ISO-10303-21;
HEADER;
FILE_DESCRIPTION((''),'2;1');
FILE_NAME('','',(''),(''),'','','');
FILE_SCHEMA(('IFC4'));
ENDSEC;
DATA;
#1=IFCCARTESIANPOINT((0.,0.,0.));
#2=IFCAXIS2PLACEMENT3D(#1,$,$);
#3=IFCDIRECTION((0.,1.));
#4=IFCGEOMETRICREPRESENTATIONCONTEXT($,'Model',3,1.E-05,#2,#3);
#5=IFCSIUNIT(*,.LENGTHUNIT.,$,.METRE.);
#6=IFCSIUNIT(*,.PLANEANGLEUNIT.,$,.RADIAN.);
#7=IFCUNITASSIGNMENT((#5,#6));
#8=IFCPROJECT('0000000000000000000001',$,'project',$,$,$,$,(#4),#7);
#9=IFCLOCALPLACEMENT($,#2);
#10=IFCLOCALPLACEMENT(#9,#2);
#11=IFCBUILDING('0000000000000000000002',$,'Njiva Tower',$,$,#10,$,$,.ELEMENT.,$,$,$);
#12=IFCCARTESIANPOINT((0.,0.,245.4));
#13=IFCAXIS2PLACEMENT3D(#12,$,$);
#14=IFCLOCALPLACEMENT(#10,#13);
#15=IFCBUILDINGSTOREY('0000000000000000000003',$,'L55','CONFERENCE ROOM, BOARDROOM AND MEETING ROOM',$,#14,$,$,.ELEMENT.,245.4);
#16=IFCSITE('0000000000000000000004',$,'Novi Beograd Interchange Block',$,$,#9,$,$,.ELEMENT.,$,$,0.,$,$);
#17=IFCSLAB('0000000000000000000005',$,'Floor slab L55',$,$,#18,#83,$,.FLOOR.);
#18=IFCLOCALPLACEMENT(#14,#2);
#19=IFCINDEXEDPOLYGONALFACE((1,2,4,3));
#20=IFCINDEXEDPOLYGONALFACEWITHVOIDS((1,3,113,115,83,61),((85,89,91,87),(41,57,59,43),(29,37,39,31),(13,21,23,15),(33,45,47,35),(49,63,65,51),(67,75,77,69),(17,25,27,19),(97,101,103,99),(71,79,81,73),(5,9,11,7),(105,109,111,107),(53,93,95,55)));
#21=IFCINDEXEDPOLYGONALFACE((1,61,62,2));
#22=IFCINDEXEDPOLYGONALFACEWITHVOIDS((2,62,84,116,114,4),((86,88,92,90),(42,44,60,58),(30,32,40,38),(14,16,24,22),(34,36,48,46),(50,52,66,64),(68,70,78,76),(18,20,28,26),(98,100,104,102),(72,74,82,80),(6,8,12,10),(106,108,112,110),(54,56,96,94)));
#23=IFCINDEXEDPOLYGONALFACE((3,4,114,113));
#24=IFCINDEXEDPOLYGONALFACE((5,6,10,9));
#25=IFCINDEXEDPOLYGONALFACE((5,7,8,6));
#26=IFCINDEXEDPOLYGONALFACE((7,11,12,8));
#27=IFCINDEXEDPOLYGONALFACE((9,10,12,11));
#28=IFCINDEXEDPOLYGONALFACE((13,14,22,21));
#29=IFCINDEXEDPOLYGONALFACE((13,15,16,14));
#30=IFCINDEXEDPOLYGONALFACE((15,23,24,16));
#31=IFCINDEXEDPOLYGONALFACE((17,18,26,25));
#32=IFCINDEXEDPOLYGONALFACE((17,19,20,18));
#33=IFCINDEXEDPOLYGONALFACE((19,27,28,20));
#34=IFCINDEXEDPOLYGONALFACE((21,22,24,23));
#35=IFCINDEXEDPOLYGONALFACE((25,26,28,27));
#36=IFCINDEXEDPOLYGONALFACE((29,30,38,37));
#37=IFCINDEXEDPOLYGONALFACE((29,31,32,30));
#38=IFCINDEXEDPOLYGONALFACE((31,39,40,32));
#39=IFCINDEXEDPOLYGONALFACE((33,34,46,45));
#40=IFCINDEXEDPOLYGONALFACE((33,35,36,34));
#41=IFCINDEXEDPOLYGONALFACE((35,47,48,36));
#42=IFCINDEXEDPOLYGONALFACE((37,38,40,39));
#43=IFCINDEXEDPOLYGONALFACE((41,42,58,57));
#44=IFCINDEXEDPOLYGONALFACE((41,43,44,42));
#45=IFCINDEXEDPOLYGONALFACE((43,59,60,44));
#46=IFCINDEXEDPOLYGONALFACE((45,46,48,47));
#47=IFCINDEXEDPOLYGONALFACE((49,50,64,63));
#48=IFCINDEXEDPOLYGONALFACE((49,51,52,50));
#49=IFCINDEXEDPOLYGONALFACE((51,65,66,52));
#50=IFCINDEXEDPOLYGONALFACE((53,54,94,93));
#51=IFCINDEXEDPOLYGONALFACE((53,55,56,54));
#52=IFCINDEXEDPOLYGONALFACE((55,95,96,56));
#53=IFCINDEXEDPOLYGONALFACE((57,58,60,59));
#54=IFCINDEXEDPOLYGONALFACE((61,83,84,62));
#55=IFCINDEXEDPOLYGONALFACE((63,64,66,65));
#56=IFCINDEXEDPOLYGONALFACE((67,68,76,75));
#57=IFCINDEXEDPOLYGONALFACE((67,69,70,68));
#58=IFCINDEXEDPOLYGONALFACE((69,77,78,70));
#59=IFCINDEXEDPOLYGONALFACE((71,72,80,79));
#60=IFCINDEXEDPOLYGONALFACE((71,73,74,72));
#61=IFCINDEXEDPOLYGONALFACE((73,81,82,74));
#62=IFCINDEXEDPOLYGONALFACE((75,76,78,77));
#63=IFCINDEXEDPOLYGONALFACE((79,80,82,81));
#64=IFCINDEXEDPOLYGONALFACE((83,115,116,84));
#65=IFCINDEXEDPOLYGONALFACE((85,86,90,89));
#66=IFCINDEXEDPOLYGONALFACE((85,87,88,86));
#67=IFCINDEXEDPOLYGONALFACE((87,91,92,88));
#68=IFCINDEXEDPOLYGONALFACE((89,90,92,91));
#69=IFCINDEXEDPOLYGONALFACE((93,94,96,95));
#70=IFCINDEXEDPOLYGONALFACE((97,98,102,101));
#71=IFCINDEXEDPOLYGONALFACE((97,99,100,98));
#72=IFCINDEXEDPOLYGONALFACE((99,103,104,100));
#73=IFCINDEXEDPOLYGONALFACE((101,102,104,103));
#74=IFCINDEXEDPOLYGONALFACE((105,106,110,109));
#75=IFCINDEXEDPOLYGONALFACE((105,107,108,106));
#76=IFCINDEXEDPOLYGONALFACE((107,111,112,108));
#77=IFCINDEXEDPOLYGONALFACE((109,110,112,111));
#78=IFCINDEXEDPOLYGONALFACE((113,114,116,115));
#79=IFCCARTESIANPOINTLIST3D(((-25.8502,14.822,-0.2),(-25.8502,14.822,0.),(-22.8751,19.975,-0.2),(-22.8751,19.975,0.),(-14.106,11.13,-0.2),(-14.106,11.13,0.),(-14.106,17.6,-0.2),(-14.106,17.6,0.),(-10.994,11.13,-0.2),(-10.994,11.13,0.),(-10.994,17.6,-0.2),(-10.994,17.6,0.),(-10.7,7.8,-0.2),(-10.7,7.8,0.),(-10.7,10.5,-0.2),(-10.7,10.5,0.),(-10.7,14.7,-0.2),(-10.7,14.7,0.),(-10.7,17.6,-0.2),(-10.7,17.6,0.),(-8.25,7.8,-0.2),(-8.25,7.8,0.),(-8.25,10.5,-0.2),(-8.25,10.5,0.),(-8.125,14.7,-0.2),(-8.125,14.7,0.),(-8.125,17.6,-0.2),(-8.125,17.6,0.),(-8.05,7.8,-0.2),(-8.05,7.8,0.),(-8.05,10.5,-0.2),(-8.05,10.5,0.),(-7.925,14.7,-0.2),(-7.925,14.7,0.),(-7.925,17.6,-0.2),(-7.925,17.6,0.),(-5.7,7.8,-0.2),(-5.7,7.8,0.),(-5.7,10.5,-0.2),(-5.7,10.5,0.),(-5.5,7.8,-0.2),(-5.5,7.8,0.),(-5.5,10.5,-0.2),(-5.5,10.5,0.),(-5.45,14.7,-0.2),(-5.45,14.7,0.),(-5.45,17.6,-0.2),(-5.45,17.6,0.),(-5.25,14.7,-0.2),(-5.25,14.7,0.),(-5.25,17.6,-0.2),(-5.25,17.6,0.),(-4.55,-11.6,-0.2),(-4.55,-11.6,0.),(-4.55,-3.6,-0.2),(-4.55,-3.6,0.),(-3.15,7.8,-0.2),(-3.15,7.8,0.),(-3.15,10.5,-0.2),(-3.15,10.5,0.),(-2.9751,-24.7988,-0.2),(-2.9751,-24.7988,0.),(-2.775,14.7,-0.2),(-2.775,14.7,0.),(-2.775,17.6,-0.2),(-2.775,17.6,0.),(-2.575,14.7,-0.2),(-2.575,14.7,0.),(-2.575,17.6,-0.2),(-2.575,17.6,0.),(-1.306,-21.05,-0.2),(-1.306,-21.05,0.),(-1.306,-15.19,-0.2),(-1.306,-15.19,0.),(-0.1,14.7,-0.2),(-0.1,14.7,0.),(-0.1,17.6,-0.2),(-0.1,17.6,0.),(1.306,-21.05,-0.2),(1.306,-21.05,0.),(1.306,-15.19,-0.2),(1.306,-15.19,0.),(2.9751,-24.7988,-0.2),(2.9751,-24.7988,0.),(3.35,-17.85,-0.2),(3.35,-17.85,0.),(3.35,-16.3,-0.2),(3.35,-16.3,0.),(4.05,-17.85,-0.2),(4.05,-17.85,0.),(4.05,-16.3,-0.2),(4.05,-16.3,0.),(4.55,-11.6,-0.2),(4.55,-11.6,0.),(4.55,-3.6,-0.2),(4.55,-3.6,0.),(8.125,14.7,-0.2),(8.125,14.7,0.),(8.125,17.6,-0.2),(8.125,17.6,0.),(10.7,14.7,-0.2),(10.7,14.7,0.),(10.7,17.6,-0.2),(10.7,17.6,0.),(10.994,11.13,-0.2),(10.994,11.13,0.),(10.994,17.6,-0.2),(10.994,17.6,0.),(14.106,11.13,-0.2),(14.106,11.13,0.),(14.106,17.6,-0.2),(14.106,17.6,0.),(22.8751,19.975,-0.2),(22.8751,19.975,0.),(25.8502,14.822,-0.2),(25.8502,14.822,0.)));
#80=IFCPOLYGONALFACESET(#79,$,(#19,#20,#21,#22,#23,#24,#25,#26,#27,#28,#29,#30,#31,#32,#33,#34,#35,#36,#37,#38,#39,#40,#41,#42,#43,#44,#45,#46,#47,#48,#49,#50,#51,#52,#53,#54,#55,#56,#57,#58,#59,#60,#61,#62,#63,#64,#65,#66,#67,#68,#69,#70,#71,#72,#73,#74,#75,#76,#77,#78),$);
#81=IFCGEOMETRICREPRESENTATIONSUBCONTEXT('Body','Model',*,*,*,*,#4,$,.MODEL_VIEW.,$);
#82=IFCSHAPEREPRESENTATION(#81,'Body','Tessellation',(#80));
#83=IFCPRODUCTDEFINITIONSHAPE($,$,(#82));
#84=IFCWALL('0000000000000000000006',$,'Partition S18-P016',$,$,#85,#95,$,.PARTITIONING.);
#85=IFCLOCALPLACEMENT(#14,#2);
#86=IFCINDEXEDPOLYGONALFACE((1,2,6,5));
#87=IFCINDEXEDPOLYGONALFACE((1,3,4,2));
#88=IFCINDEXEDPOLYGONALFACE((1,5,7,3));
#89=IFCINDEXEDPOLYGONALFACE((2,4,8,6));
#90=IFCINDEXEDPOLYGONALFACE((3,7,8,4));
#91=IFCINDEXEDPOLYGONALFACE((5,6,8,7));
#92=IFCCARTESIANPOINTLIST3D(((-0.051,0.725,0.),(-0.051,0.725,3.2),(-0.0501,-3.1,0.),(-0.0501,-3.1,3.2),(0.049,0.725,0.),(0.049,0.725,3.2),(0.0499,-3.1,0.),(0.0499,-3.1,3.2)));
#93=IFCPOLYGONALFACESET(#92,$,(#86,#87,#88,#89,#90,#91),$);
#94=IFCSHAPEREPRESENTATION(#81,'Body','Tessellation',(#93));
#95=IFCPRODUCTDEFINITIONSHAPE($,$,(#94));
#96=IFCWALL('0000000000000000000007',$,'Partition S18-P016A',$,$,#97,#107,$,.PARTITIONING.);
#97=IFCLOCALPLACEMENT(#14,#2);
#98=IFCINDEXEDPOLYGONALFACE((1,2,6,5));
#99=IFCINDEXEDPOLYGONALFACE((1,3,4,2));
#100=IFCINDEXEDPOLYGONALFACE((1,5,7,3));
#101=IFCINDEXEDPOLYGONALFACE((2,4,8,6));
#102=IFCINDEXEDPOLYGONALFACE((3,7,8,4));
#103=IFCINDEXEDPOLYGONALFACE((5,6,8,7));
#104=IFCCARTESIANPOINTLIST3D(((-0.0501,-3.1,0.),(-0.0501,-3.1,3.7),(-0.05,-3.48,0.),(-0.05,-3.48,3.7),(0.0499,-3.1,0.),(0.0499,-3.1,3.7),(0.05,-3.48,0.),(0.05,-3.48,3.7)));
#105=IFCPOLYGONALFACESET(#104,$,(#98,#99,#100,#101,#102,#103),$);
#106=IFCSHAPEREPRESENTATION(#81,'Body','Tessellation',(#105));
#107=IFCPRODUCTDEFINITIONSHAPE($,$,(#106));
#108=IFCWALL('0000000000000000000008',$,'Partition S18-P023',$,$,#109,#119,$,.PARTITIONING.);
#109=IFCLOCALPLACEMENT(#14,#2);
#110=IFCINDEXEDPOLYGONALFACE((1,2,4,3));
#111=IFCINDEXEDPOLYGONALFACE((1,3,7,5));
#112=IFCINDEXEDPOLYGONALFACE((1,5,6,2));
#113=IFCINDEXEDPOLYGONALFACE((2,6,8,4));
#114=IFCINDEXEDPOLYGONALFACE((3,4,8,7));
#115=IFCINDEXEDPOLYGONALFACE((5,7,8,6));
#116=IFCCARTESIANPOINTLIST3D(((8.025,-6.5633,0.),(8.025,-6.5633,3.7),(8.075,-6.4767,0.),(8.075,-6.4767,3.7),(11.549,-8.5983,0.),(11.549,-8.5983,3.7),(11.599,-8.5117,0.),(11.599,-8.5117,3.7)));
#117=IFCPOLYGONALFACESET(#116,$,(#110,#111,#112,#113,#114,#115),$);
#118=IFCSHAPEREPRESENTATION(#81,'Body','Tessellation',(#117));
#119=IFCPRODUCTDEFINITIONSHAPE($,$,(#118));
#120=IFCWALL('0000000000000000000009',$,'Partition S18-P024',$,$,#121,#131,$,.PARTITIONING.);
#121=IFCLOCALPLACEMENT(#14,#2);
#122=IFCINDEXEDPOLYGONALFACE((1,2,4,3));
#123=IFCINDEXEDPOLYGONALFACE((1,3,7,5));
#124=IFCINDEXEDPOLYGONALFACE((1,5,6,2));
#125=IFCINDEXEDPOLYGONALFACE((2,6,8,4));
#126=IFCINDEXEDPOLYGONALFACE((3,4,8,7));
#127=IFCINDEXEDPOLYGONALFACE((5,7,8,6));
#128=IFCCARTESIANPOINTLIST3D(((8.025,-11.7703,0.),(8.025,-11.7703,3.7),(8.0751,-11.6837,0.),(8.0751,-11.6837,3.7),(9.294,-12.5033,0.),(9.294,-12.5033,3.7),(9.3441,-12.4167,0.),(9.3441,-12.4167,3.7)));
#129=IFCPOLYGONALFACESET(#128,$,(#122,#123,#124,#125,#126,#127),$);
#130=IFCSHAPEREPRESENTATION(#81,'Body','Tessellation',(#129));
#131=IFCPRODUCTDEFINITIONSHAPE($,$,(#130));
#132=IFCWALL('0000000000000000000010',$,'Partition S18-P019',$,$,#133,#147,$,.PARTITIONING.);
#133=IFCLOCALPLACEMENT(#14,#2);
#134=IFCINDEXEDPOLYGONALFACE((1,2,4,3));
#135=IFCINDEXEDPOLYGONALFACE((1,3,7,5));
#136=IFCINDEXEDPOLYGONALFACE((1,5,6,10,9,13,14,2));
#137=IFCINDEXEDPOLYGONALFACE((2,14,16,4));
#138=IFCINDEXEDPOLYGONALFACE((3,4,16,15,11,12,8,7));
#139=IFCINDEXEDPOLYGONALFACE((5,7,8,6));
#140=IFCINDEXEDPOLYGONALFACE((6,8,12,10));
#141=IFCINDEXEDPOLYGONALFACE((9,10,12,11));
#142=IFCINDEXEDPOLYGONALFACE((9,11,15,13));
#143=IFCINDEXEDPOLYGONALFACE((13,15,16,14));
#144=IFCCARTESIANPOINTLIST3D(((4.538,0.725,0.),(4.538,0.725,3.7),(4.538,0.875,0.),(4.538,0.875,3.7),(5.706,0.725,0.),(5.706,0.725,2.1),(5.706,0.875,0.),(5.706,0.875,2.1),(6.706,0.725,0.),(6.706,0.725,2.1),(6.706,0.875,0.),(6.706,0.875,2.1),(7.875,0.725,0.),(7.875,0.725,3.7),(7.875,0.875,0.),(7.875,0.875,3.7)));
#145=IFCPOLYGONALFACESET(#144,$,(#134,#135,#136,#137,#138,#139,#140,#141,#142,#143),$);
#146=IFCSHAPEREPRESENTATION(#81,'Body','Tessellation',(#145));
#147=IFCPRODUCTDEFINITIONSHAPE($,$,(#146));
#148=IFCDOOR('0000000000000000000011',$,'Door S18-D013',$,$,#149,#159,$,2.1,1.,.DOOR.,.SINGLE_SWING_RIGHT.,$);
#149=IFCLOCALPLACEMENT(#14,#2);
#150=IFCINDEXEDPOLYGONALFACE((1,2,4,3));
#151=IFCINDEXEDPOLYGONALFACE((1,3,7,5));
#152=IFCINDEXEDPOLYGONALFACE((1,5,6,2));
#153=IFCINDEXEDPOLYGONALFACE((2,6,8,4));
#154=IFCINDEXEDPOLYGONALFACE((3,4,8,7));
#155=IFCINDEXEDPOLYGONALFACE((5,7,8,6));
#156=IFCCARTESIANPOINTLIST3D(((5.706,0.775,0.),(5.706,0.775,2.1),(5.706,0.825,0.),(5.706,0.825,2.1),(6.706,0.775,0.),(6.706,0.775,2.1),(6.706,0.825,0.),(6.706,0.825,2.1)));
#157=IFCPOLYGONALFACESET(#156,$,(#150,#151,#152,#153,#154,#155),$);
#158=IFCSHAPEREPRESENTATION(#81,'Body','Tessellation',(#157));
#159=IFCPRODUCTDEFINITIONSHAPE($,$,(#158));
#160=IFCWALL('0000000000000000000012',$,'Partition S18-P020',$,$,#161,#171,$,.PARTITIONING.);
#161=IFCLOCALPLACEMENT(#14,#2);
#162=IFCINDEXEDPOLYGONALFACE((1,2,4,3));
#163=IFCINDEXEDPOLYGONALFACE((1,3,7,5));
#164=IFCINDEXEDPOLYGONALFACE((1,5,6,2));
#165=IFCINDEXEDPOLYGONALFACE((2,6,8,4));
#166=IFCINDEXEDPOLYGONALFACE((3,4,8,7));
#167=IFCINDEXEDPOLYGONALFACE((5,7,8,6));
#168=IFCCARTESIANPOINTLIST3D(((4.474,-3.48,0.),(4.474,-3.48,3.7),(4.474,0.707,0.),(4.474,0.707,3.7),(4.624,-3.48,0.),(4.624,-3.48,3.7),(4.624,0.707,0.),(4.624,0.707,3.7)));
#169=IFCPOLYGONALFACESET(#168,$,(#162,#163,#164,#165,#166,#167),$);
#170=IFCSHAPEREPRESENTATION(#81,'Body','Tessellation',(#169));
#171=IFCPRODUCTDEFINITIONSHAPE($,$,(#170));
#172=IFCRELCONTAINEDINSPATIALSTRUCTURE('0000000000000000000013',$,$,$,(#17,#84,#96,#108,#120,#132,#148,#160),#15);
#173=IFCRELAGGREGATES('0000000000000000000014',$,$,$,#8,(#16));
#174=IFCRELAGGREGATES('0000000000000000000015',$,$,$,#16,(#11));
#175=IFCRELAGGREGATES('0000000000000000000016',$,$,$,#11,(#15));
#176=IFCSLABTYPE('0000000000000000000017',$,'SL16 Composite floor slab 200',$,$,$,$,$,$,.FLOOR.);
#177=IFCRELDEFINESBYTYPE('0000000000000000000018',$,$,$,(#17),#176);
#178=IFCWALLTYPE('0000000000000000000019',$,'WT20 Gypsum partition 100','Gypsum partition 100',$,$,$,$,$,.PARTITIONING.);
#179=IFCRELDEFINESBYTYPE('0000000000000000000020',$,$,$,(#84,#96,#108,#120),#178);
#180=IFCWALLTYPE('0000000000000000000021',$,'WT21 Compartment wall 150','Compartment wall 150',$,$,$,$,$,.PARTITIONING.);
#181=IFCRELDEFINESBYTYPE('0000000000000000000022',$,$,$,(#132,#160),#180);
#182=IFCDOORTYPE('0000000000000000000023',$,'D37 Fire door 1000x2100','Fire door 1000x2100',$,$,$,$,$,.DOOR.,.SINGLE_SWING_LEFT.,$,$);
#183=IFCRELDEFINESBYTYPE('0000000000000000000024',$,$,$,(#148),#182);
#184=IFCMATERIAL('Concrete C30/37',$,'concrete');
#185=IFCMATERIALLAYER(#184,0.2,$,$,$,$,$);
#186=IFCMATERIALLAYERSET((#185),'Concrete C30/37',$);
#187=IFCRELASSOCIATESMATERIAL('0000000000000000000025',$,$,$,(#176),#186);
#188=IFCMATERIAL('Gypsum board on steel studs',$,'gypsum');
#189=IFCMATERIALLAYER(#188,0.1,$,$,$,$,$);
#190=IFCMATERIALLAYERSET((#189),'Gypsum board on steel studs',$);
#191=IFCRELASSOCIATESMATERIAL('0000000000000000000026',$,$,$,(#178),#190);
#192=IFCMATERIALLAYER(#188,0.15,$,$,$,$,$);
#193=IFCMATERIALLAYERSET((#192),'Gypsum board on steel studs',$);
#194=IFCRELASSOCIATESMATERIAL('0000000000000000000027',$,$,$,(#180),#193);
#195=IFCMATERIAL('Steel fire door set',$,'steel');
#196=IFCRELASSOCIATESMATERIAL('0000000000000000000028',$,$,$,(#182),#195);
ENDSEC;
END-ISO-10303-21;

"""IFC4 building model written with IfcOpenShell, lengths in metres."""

from ifc_helpers import new_model, si_unit, direction, frame, frame_2d, origin, place, context, subcontext, project, spatial, polyline, rectangle, outline, extrude, material, layer, layer_set, type_object, element, fill, save


model = new_model("IFC4")

# Units and contexts
model_context = context("Model", 3, precision=1e-05, world=origin(), true_north=direction((0.0, 1.0)))
body_context = subcontext(model_context, "Body", "Model", "MODEL_VIEW")
ifc_project = project(units=[si_unit("LENGTHUNIT", "METRE"), si_unit("PLANEANGLEUNIT", "RADIAN")], contexts=[model_context])

# Site, building, storey
site_placement = place(None, origin())
site = spatial("IfcSite", under=ifc_project, at=site_placement, Name="Novi Beograd Interchange Block", CompositionType="ELEMENT", RefElevation=0.0)
building_placement = place(site_placement, origin())
building = spatial("IfcBuilding", under=site, at=building_placement, Name="Njiva Tower", CompositionType="ELEMENT")
storey_placement = place(building_placement, frame((0.0, 0.0, 245.4)))
storey = spatial("IfcBuildingStorey", under=building, at=storey_placement, Name="L55", Description="CONFERENCE ROOM, BOARDROOM AND MEETING ROOM", CompositionType="ELEMENT", Elevation=245.4)

# Slab
ifc_material_1 = material(Name="Concrete C30/37", Category="concrete")
ifc_layer_1 = layer(ifc_material_1, 0.2)
ifc_layer_set_1 = layer_set([ifc_layer_1], Name="Concrete C30/37")
slab_type_1 = type_object("IfcSlabType", Name="SL16 Composite floor slab 200", PredefinedType="FLOOR", material=ifc_layer_set_1)
slab_1_placement = place(storey_placement, frame((0.0, 0.0, -0.2)))
element("IfcSlab", 1, at=slab_1_placement, inside=storey, type_object=slab_type_1, Name="Floor slab L55", PredefinedType="FLOOR", context=body_context, shape_type="SweptSolid", body=[
    extrude(outline(polyline([(25.8502, 14.822), (2.9751, -24.7988), (-2.9751, -24.7988), (-25.8502, 14.822), (-22.8751, 19.975), (22.8751, 19.975), (25.8502, 14.822)]), holes=[polyline([(10.994, 11.13), (14.106, 11.13), (14.106, 17.6), (10.994, 17.6), (10.994, 11.13)]), polyline([(8.125, 14.7), (10.7, 14.7), (10.7, 17.6), (8.125, 17.6), (8.125, 14.7)]), polyline([(4.55, -11.6), (4.55, -3.6), (-4.55, -3.6), (-4.55, -11.6), (4.55, -11.6)]), polyline([(3.35, -17.85), (4.05, -17.85), (4.05, -16.3), (3.35, -16.3), (3.35, -17.85)]), polyline([(-1.306, -21.05), (1.306, -21.05), (1.306, -15.19), (-1.306, -15.19), (-1.306, -21.05)]), polyline([(-2.575, 14.7), (-0.1, 14.7), (-0.1, 17.6), (-2.575, 17.6), (-2.575, 14.7)]), polyline([(-2.775, 14.7), (-2.775, 17.6), (-5.25, 17.6), (-5.25, 14.7), (-2.775, 14.7)]), polyline([(-5.5, 7.8), (-3.15, 7.8), (-3.15, 10.5), (-5.5, 10.5), (-5.5, 7.8)]), polyline([(-7.925, 14.7), (-5.45, 14.7), (-5.45, 17.6), (-7.925, 17.6), (-7.925, 14.7)]), polyline([(-8.05, 7.8), (-5.7, 7.8), (-5.7, 10.5), (-8.05, 10.5), (-8.05, 7.8)]), polyline([(-10.7, 14.7), (-8.125, 14.7), (-8.125, 17.6), (-10.7, 17.6), (-10.7, 14.7)]), polyline([(-8.25, 7.8), (-8.25, 10.5), (-10.7, 10.5), (-10.7, 7.8), (-8.25, 7.8)]), polyline([(-10.994, 11.13), (-10.994, 17.6), (-14.106, 17.6), (-14.106, 11.13), (-10.994, 11.13)])]), origin(), (0.0, 0.0, 1.0), 0.2),
])

# Walls
ifc_material_2 = material(Name="Gypsum board on steel studs", Category="gypsum")
ifc_layer_2 = layer(ifc_material_2, 0.1)
ifc_layer_set_2 = layer_set([ifc_layer_2], Name="Gypsum board on steel studs")
wall_type_1 = type_object("IfcWallType", Name="WT20 Gypsum partition 100", Description="Gypsum partition 100", PredefinedType="PARTITIONING", material=ifc_layer_set_2)
wall_1_placement = place(storey_placement, frame((-0.001, 0.725, 0.0), z_axis=(0.0, 0.0, 1.0), x_axis=(0.000235, -1.0, 0.0)))
element("IfcWall", 2, at=wall_1_placement, inside=storey, type_object=wall_type_1, Name="Partition S18-P016", PredefinedType="PARTITIONING", context=body_context, shape_type="SweptSolid", body=[
    extrude(rectangle(XDim=3.825, YDim=0.1, at=frame_2d((1.9125, 0.0))), origin(), (0.0, 0.0, 1.0), 3.2),
])
wall_2_placement = place(storey_placement, frame((-0.0001, -3.1, 0.0), z_axis=(0.0, 0.0, 1.0), x_axis=(0.000263, -1.0, 0.0)))
element("IfcWall", 3, at=wall_2_placement, inside=storey, type_object=wall_type_1, Name="Partition S18-P016A", PredefinedType="PARTITIONING", context=body_context, shape_type="SweptSolid", body=[
    extrude(rectangle(XDim=0.38, YDim=0.1, at=frame_2d((0.19, 0.0))), origin(), (0.0, 0.0, 1.0), 3.7),
])
wall_3_placement = place(storey_placement, frame((8.05, -6.52, 0.0), z_axis=(0.0, 0.0, 1.0), x_axis=(0.865981, -0.500077, 0.0)))
element("IfcWall", 4, at=wall_3_placement, inside=storey, type_object=wall_type_1, Name="Partition S18-P023", PredefinedType="PARTITIONING", context=body_context, shape_type="SweptSolid", body=[
    extrude(rectangle(XDim=4.0694, YDim=0.1, at=frame_2d((2.0347, 0.0))), origin(), (0.0, 0.0, 1.0), 3.7),
])
wall_4_placement = place(storey_placement, frame((8.05, -11.727, 0.0), z_axis=(0.0, 0.0, 1.0), x_axis=(0.865924, -0.500175, 0.0)))
element("IfcWall", 5, at=wall_4_placement, inside=storey, type_object=wall_type_1, Name="Partition S18-P024", PredefinedType="PARTITIONING", context=body_context, shape_type="SweptSolid", body=[
    extrude(rectangle(XDim=1.4655, YDim=0.1, at=frame_2d((0.7328, 0.0))), origin(), (0.0, 0.0, 1.0), 3.7),
])

# Wall, opening, door
ifc_layer_3 = layer(ifc_material_2, 0.15)
ifc_layer_set_3 = layer_set([ifc_layer_3], Name="Gypsum board on steel studs")
wall_type_2 = type_object("IfcWallType", Name="WT21 Compartment wall 150", Description="Compartment wall 150", PredefinedType="PARTITIONING", material=ifc_layer_set_3)
wall_5_placement = place(storey_placement, frame((4.538, 0.8, 0.0), z_axis=(0.0, 0.0, 1.0), x_axis=(1.0, 0.0, 0.0)))
wall_5 = element("IfcWall", 6, at=wall_5_placement, inside=storey, type_object=wall_type_2, Name="Partition S18-P019", PredefinedType="PARTITIONING", context=body_context, shape_type="SweptSolid", body=[
    extrude(rectangle(XDim=3.337, YDim=0.15, at=frame_2d((1.6685, 0.0))), origin(), (0.0, 0.0, 1.0), 3.7),
])
opening_1_placement = place(wall_5_placement, frame((1.168, 0.0, 0.0)))
opening_1 = element("IfcOpeningElement", 7, at=opening_1_placement, cuts=wall_5, PredefinedType="OPENING", context=body_context, shape_type="SweptSolid", body=[
    extrude(rectangle(XDim=1.0, YDim=2.1, at=frame_2d((0.5, 1.05))), frame((0.0, 0.085, 0.0), z_axis=(0.0, -1.0, 0.0), x_axis=(1.0, 0.0, 0.0)), (0.0, 0.0, 1.0), 0.17),
])
ifc_material_3 = material(Name="Steel fire door set", Category="steel")
door_type = type_object("IfcDoorType", Name="D37 Fire door 1000x2100", Description="Fire door 1000x2100", OperationType="SINGLE_SWING_LEFT", PredefinedType="DOOR", material=ifc_material_3)
door_1_placement = place(opening_1_placement, origin())
door_1 = element("IfcDoor", 8, at=door_1_placement, inside=storey, type_object=door_type, Name="Door S18-D013", OperationType="SINGLE_SWING_RIGHT", OverallHeight=2.1, OverallWidth=1.0, PredefinedType="DOOR", context=body_context, shape_type="SweptSolid", body=[
    extrude(rectangle(XDim=1.0, YDim=2.1, at=frame_2d((0.5, 1.05))), frame((0.0, 0.025, 0.0), z_axis=(0.0, -1.0, 0.0), x_axis=(1.0, 0.0, 0.0)), (0.0, 0.0, 1.0), 0.05),
])
fill(opening_1, door_1)

# Wall
wall_6_placement = place(storey_placement, frame((4.549, -3.48, 0.0), z_axis=(0.0, 0.0, 1.0), x_axis=(0.0, 1.0, 0.0)))
element("IfcWall", 9, at=wall_6_placement, inside=storey, type_object=wall_type_2, Name="Partition S18-P020", PredefinedType="PARTITIONING", context=body_context, shape_type="SweptSolid", body=[
    extrude(rectangle(XDim=4.187, YDim=0.15, at=frame_2d((2.0935, 0.0))), origin(), (0.0, 0.0, 1.0), 3.7),
])

save(model, "model.ifc")
